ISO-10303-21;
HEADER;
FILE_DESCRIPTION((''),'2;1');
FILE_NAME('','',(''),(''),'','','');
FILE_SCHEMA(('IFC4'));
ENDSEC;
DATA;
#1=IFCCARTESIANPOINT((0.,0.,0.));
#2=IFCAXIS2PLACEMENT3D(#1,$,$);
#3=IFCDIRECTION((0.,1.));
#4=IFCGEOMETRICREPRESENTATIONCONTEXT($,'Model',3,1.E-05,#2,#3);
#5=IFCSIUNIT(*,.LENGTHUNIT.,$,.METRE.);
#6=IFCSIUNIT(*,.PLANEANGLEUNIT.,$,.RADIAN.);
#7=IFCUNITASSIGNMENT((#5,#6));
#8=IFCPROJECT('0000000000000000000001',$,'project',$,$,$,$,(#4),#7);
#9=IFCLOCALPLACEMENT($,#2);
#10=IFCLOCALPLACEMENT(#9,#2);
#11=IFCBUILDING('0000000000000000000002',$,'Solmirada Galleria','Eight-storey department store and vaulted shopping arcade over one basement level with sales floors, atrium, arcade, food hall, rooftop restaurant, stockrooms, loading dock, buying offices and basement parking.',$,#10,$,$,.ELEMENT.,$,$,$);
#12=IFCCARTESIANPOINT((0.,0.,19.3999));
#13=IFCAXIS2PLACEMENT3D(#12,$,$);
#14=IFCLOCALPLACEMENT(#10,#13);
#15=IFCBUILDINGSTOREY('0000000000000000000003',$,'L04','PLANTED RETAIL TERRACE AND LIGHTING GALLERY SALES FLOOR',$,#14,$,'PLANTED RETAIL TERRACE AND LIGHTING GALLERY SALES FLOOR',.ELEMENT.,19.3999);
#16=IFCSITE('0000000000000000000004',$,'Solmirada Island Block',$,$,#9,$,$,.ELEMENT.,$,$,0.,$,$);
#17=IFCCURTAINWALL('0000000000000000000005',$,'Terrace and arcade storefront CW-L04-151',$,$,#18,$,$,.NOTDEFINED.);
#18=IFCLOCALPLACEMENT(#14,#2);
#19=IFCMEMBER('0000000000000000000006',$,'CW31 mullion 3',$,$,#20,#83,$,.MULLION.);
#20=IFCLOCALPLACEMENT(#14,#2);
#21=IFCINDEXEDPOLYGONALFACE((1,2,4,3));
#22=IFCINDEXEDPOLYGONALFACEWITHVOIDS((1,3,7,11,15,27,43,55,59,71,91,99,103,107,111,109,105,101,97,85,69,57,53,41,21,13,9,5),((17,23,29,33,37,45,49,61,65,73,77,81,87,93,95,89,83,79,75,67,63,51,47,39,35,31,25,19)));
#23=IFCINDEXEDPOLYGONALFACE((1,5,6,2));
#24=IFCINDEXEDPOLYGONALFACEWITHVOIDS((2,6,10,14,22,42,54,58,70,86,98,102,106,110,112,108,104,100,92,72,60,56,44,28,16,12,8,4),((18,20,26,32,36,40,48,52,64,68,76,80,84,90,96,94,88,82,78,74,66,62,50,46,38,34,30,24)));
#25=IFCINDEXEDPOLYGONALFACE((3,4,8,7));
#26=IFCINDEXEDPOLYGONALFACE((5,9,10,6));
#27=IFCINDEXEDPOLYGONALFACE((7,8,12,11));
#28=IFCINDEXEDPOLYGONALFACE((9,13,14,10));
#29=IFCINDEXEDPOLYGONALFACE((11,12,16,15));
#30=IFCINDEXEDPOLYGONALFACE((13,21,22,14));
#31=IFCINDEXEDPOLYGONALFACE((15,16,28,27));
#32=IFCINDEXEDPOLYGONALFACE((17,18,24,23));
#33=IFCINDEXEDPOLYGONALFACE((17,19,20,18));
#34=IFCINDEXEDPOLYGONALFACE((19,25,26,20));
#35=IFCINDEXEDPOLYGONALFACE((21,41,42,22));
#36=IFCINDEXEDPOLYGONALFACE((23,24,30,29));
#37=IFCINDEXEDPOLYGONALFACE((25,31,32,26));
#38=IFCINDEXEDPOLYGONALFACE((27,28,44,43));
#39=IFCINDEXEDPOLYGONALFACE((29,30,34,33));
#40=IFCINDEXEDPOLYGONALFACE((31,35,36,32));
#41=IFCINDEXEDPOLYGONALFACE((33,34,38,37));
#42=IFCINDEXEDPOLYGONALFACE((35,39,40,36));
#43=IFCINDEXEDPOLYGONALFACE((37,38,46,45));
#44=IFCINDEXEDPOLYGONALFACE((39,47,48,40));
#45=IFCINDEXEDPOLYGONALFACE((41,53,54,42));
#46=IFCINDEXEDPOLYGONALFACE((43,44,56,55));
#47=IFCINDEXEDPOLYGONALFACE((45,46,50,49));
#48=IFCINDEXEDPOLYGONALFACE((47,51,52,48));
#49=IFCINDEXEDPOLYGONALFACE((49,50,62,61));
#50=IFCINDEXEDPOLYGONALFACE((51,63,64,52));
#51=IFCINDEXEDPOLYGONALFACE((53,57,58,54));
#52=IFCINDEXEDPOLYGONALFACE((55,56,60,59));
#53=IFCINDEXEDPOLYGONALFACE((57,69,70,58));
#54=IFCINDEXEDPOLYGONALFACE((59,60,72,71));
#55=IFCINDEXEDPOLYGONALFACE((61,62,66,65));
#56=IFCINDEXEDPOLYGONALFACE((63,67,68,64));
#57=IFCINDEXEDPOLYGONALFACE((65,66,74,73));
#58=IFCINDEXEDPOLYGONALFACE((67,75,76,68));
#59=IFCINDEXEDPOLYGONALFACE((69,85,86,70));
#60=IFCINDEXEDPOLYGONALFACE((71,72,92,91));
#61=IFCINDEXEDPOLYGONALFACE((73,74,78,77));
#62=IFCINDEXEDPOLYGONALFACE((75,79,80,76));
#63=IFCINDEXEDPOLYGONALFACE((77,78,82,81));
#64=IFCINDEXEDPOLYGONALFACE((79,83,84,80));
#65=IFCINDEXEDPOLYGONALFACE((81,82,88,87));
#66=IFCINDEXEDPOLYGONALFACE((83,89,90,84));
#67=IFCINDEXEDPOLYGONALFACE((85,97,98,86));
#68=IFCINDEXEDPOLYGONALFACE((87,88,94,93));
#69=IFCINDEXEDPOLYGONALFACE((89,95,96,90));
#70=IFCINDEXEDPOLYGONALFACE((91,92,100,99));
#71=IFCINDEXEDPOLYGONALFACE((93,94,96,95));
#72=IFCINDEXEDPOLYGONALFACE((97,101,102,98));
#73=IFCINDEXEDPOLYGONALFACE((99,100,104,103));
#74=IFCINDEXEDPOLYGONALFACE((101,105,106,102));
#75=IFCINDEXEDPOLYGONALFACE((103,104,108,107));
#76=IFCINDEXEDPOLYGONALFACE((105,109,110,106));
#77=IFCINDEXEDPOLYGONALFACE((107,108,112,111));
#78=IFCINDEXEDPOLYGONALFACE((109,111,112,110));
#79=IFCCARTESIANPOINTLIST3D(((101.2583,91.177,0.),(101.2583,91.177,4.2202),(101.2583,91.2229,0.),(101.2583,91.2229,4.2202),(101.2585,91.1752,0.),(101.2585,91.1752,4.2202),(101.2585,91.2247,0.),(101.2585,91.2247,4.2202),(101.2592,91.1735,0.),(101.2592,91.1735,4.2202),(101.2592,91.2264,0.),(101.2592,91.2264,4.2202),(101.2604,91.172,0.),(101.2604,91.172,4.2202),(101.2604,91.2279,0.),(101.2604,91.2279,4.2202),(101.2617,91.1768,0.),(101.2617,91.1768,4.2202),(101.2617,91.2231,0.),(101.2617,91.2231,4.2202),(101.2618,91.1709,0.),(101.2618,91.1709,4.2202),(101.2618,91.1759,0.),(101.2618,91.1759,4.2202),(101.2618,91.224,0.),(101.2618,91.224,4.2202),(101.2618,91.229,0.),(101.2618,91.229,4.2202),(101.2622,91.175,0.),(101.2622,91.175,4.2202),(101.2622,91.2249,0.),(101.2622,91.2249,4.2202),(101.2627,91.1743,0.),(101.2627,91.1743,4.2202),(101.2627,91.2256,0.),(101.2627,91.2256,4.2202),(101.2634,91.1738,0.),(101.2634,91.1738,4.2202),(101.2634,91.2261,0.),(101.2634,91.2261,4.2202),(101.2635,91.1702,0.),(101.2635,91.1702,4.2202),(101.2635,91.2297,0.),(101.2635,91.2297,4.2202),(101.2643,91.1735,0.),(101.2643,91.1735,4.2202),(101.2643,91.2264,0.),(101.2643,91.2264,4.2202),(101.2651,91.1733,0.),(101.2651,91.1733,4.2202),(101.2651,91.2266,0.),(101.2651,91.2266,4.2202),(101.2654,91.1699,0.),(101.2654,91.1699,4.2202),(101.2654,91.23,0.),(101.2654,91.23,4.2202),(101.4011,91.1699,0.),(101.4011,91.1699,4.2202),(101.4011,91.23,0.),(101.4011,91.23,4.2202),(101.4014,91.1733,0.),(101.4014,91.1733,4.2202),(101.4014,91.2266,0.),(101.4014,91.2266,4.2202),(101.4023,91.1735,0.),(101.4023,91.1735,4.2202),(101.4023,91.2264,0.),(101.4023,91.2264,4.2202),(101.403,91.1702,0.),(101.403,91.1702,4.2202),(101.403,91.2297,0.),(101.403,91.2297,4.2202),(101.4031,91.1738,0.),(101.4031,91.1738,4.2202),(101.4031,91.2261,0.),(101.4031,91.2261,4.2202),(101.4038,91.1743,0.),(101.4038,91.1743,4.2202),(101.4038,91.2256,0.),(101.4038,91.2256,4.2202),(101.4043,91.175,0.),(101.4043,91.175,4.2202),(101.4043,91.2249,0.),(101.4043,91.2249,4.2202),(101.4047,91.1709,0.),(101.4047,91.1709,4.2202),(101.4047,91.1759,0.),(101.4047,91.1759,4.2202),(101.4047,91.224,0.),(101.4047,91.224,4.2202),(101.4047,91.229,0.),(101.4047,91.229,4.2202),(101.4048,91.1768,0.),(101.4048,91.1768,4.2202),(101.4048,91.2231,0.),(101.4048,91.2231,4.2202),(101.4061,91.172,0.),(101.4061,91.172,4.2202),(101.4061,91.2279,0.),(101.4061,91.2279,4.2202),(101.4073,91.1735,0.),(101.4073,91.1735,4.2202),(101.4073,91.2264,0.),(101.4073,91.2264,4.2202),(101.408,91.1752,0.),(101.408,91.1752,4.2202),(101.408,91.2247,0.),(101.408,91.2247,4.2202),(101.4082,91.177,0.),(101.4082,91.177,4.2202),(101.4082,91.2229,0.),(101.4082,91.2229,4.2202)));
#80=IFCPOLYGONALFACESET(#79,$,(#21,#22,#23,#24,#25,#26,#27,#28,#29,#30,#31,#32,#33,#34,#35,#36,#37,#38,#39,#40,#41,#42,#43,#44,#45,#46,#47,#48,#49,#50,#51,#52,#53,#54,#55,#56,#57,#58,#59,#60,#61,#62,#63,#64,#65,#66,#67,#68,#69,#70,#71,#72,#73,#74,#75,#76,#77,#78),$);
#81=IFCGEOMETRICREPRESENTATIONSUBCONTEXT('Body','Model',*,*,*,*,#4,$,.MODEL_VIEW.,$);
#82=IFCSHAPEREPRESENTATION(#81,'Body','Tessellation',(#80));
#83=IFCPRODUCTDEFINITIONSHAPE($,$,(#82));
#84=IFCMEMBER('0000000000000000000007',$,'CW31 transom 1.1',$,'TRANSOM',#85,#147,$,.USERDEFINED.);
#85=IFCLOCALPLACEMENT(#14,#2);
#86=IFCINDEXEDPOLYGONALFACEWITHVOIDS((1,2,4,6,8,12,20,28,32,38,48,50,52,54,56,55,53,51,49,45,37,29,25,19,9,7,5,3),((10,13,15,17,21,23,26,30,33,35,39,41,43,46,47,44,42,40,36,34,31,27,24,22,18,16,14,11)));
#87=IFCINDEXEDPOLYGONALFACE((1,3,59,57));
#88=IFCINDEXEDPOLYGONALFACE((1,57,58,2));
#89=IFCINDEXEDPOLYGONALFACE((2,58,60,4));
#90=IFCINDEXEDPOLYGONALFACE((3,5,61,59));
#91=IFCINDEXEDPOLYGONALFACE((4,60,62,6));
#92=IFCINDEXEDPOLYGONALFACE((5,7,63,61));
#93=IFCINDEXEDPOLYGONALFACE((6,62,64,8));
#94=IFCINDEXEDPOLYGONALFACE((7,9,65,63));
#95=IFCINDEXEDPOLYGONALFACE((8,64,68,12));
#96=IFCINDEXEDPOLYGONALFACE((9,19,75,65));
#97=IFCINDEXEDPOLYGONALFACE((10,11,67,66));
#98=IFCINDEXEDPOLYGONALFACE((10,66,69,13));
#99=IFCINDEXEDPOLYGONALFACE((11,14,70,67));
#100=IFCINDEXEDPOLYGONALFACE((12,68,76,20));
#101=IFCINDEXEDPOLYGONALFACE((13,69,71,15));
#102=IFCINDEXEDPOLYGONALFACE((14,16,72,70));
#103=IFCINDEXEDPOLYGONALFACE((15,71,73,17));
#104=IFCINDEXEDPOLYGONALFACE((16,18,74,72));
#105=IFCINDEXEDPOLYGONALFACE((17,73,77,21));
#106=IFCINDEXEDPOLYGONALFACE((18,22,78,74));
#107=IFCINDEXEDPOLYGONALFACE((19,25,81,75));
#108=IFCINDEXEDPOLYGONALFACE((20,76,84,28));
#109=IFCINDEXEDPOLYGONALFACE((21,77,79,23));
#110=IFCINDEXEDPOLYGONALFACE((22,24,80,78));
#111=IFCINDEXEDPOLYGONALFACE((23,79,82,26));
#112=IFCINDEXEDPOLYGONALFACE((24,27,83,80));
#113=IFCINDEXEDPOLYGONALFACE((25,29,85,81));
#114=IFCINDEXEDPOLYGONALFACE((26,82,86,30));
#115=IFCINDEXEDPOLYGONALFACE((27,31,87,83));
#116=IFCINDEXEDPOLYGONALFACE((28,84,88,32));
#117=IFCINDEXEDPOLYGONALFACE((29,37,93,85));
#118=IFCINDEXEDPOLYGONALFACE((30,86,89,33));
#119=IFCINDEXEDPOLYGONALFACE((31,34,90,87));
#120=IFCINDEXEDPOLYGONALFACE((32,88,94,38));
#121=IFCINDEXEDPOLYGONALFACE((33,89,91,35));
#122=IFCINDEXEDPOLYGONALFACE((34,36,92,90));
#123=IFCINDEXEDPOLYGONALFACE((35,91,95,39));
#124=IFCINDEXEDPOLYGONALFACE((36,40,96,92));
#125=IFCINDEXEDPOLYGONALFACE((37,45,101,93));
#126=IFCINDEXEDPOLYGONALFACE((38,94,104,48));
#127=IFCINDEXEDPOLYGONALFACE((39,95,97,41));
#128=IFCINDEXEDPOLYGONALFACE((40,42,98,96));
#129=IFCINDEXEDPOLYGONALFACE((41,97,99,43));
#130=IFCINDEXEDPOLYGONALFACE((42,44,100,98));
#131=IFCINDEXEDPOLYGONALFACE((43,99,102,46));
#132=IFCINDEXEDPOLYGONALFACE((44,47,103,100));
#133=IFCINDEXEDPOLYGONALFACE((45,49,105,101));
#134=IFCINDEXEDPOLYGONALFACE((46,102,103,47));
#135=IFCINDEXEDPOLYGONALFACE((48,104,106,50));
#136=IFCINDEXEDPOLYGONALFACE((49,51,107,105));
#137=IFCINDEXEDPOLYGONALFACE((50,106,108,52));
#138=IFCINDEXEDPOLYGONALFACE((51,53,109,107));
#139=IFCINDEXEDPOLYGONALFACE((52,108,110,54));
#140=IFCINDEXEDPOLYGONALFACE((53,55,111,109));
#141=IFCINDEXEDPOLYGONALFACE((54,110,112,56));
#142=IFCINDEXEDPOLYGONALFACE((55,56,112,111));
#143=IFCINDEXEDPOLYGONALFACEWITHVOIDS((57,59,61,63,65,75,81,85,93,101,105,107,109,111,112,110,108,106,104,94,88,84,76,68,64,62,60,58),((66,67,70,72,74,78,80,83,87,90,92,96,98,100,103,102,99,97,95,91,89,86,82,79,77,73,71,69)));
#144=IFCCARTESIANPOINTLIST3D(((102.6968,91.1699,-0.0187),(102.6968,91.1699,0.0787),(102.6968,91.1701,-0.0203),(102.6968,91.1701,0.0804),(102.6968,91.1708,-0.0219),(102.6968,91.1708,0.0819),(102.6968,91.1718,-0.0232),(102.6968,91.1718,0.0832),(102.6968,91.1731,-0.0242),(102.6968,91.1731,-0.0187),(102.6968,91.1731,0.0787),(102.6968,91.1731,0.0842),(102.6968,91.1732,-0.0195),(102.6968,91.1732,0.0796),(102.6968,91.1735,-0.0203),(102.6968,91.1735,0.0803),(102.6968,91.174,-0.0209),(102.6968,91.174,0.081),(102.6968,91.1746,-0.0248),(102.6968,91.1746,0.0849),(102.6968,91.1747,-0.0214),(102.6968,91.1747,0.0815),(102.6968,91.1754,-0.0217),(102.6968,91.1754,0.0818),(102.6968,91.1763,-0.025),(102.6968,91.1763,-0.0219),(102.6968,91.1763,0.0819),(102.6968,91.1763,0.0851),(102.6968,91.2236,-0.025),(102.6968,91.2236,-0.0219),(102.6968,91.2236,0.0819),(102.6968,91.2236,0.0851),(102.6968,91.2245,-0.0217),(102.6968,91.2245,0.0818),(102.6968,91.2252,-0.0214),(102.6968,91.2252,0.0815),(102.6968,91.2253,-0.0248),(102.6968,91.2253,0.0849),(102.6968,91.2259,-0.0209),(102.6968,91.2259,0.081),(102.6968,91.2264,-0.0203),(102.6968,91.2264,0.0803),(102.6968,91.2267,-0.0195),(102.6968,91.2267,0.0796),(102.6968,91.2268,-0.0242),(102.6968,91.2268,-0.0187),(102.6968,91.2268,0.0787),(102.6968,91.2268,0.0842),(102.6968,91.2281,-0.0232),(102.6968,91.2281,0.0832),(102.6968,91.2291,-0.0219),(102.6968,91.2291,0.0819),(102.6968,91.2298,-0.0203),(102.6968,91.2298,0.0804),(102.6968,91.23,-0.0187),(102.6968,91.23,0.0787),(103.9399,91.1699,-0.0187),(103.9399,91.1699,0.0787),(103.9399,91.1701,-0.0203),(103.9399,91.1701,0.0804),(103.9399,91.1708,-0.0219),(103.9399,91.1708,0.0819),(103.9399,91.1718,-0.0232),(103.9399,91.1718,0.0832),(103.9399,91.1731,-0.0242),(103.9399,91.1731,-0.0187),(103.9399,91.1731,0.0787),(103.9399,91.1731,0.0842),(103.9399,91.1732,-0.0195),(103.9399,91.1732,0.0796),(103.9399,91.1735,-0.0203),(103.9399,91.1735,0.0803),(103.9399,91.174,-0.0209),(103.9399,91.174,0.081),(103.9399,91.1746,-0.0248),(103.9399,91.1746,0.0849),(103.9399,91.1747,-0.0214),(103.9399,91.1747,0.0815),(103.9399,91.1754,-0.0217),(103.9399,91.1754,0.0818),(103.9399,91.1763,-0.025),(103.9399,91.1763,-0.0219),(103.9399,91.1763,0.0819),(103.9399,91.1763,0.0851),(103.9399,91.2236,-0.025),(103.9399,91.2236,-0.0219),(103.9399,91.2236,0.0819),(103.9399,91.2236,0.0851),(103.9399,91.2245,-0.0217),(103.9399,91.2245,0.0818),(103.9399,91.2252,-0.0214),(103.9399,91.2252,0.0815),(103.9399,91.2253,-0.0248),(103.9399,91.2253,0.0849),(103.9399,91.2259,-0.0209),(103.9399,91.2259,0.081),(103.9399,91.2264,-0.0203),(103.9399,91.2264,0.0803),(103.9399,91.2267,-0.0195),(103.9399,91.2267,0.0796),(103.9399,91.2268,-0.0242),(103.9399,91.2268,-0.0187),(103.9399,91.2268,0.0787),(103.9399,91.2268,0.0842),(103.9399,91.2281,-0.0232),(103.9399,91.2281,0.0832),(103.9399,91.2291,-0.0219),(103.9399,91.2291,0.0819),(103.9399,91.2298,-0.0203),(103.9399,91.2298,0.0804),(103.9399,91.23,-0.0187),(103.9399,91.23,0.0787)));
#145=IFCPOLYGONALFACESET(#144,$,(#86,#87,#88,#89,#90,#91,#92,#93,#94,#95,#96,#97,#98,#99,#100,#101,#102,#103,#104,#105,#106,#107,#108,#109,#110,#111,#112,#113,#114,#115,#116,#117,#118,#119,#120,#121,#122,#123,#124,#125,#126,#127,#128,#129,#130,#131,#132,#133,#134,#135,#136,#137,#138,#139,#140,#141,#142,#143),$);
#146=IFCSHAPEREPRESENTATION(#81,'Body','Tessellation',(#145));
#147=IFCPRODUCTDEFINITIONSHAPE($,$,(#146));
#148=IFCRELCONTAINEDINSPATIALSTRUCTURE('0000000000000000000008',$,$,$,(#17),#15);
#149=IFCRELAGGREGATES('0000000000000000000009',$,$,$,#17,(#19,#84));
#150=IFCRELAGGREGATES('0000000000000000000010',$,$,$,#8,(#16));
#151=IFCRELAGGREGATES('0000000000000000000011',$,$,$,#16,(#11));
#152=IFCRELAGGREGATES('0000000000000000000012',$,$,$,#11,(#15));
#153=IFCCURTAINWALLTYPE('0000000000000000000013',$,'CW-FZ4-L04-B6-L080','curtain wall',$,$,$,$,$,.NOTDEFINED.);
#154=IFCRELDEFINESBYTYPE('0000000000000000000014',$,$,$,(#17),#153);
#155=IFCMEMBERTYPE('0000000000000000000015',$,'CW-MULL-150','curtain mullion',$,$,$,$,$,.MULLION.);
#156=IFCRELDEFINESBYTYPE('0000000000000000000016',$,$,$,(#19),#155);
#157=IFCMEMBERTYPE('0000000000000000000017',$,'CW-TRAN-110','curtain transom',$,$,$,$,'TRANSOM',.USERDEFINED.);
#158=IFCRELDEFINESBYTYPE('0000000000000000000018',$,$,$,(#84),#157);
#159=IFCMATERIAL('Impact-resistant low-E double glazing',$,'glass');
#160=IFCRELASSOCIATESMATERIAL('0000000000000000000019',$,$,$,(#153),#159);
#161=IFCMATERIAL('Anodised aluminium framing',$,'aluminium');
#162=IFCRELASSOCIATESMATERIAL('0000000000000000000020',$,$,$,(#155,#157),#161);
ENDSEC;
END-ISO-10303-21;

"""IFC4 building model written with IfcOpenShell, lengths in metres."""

from ifc_helpers import new_model, si_unit, direction, frame, origin, origin_2d, place, context, subcontext, project, spatial, hollow_rectangle, extrude, material, material_profile, profile_set, type_object, element, aggregate, save


model = new_model("IFC4")

# Units and contexts
model_context = context("Model", 3, precision=1e-05, world=origin(), true_north=direction((0.0, 1.0)))
body_context = subcontext(model_context, "Body", "Model", "MODEL_VIEW")
ifc_project = project(units=[si_unit("LENGTHUNIT", "METRE"), si_unit("PLANEANGLEUNIT", "RADIAN")], contexts=[model_context])

# Site, building, storey
site_placement = place(None, origin())
site = spatial("IfcSite", under=ifc_project, at=site_placement, Name="Solmirada Island Block", CompositionType="ELEMENT", RefElevation=0.0)
building_placement = place(site_placement, origin())
building = spatial("IfcBuilding", under=site, at=building_placement, Name="Solmirada Galleria", Description="Eight-storey department store and vaulted shopping arcade over one basement level with sales floors, atrium, arcade, food hall, rooftop restaurant, stockrooms, loading dock, buying offices and basement parking.", CompositionType="ELEMENT")
storey_placement = place(building_placement, frame((0.0, 0.0, 19.3999)))
storey = spatial("IfcBuildingStorey", under=building, at=storey_placement, Name="L04", Description="PLANTED RETAIL TERRACE AND LIGHTING GALLERY SALES FLOOR", LongName="PLANTED RETAIL TERRACE AND LIGHTING GALLERY SALES FLOOR", CompositionType="ELEMENT", Elevation=19.3999)

# Curtain wall, members
ifc_material_1 = material(Name="Impact-resistant low-E double glazing", Category="glass")
curtain_wall_type = type_object("IfcCurtainWallType", Name="CW-FZ4-L04-B6-L080", Description="curtain wall", PredefinedType="NOTDEFINED", material=ifc_material_1)
curtain_wall_placement = place(storey_placement, origin())
curtain_wall = element("IfcCurtainWall", 1, at=curtain_wall_placement, inside=storey, type_object=curtain_wall_type, Name="Terrace and arcade storefront CW-L04-151", PredefinedType="NOTDEFINED")
ifc_material_2 = material(Name="Anodised aluminium framing", Category="aluminium")
ifc_material_profile_1 = material_profile(ifc_material_2, hollow_rectangle(XDim=0.0601, YDim=0.1499, WallThickness=0.0034, InnerFilletRadius=0.0034, OuterFilletRadius=0.0071, at=origin_2d()), Name="ALU-MULL-150X60")
ifc_profile_set_1 = profile_set([ifc_material_profile_1], Name="Anodised aluminium framing")
member_type_1 = type_object("IfcMemberType", Name="CW-MULL-150", Description="curtain mullion", PredefinedType="MULLION", material=ifc_profile_set_1)
member_1_placement = place(storey_placement, frame((101.3333, 91.2, 0.0), z_axis=(0.0, 0.0, 1.0), x_axis=(0.0, -1.0, 0.0)))
member_1 = element("IfcMember", 2, at=member_1_placement, type_object=member_type_1, Name="CW31 mullion 3", PredefinedType="MULLION", context=body_context, shape_type="SweptSolid", body=[
    extrude(hollow_rectangle(XDim=0.0601, YDim=0.1499, WallThickness=0.0034, InnerFilletRadius=0.0034, OuterFilletRadius=0.0071, at=origin_2d()), origin(), (0.0, 0.0, 1.0), 4.2202),
])
ifc_material_profile_2 = material_profile(ifc_material_2, hollow_rectangle(XDim=0.0601, YDim=0.1101, WallThickness=0.0032, InnerFilletRadius=0.0032, OuterFilletRadius=0.0063, at=origin_2d()), Name="ALU-TRAN-110X60")
ifc_profile_set_2 = profile_set([ifc_material_profile_2], Name="Anodised aluminium framing")
member_type_2 = type_object("IfcMemberType", Name="CW-TRAN-110", Description="curtain transom", ElementType="TRANSOM", PredefinedType="USERDEFINED", material=ifc_profile_set_2)
member_2_placement = place(storey_placement, frame((103.9399, 91.2, 0.03), z_axis=(-1.0, 0.0, 0.0), x_axis=(0.0, -1.0, 0.0)))
member_2 = element("IfcMember", 3, at=member_2_placement, type_object=member_type_2, Name="CW31 transom 1.1", ObjectType="TRANSOM", PredefinedType="USERDEFINED", context=body_context, shape_type="SweptSolid", body=[
    extrude(hollow_rectangle(XDim=0.0601, YDim=0.1101, WallThickness=0.0032, InnerFilletRadius=0.0032, OuterFilletRadius=0.0063, at=origin_2d()), origin(), (0.0, 0.0, 1.0), 1.2432),
])
aggregate(curtain_wall, [member_1, member_2])

save(model, "model.ifc")
